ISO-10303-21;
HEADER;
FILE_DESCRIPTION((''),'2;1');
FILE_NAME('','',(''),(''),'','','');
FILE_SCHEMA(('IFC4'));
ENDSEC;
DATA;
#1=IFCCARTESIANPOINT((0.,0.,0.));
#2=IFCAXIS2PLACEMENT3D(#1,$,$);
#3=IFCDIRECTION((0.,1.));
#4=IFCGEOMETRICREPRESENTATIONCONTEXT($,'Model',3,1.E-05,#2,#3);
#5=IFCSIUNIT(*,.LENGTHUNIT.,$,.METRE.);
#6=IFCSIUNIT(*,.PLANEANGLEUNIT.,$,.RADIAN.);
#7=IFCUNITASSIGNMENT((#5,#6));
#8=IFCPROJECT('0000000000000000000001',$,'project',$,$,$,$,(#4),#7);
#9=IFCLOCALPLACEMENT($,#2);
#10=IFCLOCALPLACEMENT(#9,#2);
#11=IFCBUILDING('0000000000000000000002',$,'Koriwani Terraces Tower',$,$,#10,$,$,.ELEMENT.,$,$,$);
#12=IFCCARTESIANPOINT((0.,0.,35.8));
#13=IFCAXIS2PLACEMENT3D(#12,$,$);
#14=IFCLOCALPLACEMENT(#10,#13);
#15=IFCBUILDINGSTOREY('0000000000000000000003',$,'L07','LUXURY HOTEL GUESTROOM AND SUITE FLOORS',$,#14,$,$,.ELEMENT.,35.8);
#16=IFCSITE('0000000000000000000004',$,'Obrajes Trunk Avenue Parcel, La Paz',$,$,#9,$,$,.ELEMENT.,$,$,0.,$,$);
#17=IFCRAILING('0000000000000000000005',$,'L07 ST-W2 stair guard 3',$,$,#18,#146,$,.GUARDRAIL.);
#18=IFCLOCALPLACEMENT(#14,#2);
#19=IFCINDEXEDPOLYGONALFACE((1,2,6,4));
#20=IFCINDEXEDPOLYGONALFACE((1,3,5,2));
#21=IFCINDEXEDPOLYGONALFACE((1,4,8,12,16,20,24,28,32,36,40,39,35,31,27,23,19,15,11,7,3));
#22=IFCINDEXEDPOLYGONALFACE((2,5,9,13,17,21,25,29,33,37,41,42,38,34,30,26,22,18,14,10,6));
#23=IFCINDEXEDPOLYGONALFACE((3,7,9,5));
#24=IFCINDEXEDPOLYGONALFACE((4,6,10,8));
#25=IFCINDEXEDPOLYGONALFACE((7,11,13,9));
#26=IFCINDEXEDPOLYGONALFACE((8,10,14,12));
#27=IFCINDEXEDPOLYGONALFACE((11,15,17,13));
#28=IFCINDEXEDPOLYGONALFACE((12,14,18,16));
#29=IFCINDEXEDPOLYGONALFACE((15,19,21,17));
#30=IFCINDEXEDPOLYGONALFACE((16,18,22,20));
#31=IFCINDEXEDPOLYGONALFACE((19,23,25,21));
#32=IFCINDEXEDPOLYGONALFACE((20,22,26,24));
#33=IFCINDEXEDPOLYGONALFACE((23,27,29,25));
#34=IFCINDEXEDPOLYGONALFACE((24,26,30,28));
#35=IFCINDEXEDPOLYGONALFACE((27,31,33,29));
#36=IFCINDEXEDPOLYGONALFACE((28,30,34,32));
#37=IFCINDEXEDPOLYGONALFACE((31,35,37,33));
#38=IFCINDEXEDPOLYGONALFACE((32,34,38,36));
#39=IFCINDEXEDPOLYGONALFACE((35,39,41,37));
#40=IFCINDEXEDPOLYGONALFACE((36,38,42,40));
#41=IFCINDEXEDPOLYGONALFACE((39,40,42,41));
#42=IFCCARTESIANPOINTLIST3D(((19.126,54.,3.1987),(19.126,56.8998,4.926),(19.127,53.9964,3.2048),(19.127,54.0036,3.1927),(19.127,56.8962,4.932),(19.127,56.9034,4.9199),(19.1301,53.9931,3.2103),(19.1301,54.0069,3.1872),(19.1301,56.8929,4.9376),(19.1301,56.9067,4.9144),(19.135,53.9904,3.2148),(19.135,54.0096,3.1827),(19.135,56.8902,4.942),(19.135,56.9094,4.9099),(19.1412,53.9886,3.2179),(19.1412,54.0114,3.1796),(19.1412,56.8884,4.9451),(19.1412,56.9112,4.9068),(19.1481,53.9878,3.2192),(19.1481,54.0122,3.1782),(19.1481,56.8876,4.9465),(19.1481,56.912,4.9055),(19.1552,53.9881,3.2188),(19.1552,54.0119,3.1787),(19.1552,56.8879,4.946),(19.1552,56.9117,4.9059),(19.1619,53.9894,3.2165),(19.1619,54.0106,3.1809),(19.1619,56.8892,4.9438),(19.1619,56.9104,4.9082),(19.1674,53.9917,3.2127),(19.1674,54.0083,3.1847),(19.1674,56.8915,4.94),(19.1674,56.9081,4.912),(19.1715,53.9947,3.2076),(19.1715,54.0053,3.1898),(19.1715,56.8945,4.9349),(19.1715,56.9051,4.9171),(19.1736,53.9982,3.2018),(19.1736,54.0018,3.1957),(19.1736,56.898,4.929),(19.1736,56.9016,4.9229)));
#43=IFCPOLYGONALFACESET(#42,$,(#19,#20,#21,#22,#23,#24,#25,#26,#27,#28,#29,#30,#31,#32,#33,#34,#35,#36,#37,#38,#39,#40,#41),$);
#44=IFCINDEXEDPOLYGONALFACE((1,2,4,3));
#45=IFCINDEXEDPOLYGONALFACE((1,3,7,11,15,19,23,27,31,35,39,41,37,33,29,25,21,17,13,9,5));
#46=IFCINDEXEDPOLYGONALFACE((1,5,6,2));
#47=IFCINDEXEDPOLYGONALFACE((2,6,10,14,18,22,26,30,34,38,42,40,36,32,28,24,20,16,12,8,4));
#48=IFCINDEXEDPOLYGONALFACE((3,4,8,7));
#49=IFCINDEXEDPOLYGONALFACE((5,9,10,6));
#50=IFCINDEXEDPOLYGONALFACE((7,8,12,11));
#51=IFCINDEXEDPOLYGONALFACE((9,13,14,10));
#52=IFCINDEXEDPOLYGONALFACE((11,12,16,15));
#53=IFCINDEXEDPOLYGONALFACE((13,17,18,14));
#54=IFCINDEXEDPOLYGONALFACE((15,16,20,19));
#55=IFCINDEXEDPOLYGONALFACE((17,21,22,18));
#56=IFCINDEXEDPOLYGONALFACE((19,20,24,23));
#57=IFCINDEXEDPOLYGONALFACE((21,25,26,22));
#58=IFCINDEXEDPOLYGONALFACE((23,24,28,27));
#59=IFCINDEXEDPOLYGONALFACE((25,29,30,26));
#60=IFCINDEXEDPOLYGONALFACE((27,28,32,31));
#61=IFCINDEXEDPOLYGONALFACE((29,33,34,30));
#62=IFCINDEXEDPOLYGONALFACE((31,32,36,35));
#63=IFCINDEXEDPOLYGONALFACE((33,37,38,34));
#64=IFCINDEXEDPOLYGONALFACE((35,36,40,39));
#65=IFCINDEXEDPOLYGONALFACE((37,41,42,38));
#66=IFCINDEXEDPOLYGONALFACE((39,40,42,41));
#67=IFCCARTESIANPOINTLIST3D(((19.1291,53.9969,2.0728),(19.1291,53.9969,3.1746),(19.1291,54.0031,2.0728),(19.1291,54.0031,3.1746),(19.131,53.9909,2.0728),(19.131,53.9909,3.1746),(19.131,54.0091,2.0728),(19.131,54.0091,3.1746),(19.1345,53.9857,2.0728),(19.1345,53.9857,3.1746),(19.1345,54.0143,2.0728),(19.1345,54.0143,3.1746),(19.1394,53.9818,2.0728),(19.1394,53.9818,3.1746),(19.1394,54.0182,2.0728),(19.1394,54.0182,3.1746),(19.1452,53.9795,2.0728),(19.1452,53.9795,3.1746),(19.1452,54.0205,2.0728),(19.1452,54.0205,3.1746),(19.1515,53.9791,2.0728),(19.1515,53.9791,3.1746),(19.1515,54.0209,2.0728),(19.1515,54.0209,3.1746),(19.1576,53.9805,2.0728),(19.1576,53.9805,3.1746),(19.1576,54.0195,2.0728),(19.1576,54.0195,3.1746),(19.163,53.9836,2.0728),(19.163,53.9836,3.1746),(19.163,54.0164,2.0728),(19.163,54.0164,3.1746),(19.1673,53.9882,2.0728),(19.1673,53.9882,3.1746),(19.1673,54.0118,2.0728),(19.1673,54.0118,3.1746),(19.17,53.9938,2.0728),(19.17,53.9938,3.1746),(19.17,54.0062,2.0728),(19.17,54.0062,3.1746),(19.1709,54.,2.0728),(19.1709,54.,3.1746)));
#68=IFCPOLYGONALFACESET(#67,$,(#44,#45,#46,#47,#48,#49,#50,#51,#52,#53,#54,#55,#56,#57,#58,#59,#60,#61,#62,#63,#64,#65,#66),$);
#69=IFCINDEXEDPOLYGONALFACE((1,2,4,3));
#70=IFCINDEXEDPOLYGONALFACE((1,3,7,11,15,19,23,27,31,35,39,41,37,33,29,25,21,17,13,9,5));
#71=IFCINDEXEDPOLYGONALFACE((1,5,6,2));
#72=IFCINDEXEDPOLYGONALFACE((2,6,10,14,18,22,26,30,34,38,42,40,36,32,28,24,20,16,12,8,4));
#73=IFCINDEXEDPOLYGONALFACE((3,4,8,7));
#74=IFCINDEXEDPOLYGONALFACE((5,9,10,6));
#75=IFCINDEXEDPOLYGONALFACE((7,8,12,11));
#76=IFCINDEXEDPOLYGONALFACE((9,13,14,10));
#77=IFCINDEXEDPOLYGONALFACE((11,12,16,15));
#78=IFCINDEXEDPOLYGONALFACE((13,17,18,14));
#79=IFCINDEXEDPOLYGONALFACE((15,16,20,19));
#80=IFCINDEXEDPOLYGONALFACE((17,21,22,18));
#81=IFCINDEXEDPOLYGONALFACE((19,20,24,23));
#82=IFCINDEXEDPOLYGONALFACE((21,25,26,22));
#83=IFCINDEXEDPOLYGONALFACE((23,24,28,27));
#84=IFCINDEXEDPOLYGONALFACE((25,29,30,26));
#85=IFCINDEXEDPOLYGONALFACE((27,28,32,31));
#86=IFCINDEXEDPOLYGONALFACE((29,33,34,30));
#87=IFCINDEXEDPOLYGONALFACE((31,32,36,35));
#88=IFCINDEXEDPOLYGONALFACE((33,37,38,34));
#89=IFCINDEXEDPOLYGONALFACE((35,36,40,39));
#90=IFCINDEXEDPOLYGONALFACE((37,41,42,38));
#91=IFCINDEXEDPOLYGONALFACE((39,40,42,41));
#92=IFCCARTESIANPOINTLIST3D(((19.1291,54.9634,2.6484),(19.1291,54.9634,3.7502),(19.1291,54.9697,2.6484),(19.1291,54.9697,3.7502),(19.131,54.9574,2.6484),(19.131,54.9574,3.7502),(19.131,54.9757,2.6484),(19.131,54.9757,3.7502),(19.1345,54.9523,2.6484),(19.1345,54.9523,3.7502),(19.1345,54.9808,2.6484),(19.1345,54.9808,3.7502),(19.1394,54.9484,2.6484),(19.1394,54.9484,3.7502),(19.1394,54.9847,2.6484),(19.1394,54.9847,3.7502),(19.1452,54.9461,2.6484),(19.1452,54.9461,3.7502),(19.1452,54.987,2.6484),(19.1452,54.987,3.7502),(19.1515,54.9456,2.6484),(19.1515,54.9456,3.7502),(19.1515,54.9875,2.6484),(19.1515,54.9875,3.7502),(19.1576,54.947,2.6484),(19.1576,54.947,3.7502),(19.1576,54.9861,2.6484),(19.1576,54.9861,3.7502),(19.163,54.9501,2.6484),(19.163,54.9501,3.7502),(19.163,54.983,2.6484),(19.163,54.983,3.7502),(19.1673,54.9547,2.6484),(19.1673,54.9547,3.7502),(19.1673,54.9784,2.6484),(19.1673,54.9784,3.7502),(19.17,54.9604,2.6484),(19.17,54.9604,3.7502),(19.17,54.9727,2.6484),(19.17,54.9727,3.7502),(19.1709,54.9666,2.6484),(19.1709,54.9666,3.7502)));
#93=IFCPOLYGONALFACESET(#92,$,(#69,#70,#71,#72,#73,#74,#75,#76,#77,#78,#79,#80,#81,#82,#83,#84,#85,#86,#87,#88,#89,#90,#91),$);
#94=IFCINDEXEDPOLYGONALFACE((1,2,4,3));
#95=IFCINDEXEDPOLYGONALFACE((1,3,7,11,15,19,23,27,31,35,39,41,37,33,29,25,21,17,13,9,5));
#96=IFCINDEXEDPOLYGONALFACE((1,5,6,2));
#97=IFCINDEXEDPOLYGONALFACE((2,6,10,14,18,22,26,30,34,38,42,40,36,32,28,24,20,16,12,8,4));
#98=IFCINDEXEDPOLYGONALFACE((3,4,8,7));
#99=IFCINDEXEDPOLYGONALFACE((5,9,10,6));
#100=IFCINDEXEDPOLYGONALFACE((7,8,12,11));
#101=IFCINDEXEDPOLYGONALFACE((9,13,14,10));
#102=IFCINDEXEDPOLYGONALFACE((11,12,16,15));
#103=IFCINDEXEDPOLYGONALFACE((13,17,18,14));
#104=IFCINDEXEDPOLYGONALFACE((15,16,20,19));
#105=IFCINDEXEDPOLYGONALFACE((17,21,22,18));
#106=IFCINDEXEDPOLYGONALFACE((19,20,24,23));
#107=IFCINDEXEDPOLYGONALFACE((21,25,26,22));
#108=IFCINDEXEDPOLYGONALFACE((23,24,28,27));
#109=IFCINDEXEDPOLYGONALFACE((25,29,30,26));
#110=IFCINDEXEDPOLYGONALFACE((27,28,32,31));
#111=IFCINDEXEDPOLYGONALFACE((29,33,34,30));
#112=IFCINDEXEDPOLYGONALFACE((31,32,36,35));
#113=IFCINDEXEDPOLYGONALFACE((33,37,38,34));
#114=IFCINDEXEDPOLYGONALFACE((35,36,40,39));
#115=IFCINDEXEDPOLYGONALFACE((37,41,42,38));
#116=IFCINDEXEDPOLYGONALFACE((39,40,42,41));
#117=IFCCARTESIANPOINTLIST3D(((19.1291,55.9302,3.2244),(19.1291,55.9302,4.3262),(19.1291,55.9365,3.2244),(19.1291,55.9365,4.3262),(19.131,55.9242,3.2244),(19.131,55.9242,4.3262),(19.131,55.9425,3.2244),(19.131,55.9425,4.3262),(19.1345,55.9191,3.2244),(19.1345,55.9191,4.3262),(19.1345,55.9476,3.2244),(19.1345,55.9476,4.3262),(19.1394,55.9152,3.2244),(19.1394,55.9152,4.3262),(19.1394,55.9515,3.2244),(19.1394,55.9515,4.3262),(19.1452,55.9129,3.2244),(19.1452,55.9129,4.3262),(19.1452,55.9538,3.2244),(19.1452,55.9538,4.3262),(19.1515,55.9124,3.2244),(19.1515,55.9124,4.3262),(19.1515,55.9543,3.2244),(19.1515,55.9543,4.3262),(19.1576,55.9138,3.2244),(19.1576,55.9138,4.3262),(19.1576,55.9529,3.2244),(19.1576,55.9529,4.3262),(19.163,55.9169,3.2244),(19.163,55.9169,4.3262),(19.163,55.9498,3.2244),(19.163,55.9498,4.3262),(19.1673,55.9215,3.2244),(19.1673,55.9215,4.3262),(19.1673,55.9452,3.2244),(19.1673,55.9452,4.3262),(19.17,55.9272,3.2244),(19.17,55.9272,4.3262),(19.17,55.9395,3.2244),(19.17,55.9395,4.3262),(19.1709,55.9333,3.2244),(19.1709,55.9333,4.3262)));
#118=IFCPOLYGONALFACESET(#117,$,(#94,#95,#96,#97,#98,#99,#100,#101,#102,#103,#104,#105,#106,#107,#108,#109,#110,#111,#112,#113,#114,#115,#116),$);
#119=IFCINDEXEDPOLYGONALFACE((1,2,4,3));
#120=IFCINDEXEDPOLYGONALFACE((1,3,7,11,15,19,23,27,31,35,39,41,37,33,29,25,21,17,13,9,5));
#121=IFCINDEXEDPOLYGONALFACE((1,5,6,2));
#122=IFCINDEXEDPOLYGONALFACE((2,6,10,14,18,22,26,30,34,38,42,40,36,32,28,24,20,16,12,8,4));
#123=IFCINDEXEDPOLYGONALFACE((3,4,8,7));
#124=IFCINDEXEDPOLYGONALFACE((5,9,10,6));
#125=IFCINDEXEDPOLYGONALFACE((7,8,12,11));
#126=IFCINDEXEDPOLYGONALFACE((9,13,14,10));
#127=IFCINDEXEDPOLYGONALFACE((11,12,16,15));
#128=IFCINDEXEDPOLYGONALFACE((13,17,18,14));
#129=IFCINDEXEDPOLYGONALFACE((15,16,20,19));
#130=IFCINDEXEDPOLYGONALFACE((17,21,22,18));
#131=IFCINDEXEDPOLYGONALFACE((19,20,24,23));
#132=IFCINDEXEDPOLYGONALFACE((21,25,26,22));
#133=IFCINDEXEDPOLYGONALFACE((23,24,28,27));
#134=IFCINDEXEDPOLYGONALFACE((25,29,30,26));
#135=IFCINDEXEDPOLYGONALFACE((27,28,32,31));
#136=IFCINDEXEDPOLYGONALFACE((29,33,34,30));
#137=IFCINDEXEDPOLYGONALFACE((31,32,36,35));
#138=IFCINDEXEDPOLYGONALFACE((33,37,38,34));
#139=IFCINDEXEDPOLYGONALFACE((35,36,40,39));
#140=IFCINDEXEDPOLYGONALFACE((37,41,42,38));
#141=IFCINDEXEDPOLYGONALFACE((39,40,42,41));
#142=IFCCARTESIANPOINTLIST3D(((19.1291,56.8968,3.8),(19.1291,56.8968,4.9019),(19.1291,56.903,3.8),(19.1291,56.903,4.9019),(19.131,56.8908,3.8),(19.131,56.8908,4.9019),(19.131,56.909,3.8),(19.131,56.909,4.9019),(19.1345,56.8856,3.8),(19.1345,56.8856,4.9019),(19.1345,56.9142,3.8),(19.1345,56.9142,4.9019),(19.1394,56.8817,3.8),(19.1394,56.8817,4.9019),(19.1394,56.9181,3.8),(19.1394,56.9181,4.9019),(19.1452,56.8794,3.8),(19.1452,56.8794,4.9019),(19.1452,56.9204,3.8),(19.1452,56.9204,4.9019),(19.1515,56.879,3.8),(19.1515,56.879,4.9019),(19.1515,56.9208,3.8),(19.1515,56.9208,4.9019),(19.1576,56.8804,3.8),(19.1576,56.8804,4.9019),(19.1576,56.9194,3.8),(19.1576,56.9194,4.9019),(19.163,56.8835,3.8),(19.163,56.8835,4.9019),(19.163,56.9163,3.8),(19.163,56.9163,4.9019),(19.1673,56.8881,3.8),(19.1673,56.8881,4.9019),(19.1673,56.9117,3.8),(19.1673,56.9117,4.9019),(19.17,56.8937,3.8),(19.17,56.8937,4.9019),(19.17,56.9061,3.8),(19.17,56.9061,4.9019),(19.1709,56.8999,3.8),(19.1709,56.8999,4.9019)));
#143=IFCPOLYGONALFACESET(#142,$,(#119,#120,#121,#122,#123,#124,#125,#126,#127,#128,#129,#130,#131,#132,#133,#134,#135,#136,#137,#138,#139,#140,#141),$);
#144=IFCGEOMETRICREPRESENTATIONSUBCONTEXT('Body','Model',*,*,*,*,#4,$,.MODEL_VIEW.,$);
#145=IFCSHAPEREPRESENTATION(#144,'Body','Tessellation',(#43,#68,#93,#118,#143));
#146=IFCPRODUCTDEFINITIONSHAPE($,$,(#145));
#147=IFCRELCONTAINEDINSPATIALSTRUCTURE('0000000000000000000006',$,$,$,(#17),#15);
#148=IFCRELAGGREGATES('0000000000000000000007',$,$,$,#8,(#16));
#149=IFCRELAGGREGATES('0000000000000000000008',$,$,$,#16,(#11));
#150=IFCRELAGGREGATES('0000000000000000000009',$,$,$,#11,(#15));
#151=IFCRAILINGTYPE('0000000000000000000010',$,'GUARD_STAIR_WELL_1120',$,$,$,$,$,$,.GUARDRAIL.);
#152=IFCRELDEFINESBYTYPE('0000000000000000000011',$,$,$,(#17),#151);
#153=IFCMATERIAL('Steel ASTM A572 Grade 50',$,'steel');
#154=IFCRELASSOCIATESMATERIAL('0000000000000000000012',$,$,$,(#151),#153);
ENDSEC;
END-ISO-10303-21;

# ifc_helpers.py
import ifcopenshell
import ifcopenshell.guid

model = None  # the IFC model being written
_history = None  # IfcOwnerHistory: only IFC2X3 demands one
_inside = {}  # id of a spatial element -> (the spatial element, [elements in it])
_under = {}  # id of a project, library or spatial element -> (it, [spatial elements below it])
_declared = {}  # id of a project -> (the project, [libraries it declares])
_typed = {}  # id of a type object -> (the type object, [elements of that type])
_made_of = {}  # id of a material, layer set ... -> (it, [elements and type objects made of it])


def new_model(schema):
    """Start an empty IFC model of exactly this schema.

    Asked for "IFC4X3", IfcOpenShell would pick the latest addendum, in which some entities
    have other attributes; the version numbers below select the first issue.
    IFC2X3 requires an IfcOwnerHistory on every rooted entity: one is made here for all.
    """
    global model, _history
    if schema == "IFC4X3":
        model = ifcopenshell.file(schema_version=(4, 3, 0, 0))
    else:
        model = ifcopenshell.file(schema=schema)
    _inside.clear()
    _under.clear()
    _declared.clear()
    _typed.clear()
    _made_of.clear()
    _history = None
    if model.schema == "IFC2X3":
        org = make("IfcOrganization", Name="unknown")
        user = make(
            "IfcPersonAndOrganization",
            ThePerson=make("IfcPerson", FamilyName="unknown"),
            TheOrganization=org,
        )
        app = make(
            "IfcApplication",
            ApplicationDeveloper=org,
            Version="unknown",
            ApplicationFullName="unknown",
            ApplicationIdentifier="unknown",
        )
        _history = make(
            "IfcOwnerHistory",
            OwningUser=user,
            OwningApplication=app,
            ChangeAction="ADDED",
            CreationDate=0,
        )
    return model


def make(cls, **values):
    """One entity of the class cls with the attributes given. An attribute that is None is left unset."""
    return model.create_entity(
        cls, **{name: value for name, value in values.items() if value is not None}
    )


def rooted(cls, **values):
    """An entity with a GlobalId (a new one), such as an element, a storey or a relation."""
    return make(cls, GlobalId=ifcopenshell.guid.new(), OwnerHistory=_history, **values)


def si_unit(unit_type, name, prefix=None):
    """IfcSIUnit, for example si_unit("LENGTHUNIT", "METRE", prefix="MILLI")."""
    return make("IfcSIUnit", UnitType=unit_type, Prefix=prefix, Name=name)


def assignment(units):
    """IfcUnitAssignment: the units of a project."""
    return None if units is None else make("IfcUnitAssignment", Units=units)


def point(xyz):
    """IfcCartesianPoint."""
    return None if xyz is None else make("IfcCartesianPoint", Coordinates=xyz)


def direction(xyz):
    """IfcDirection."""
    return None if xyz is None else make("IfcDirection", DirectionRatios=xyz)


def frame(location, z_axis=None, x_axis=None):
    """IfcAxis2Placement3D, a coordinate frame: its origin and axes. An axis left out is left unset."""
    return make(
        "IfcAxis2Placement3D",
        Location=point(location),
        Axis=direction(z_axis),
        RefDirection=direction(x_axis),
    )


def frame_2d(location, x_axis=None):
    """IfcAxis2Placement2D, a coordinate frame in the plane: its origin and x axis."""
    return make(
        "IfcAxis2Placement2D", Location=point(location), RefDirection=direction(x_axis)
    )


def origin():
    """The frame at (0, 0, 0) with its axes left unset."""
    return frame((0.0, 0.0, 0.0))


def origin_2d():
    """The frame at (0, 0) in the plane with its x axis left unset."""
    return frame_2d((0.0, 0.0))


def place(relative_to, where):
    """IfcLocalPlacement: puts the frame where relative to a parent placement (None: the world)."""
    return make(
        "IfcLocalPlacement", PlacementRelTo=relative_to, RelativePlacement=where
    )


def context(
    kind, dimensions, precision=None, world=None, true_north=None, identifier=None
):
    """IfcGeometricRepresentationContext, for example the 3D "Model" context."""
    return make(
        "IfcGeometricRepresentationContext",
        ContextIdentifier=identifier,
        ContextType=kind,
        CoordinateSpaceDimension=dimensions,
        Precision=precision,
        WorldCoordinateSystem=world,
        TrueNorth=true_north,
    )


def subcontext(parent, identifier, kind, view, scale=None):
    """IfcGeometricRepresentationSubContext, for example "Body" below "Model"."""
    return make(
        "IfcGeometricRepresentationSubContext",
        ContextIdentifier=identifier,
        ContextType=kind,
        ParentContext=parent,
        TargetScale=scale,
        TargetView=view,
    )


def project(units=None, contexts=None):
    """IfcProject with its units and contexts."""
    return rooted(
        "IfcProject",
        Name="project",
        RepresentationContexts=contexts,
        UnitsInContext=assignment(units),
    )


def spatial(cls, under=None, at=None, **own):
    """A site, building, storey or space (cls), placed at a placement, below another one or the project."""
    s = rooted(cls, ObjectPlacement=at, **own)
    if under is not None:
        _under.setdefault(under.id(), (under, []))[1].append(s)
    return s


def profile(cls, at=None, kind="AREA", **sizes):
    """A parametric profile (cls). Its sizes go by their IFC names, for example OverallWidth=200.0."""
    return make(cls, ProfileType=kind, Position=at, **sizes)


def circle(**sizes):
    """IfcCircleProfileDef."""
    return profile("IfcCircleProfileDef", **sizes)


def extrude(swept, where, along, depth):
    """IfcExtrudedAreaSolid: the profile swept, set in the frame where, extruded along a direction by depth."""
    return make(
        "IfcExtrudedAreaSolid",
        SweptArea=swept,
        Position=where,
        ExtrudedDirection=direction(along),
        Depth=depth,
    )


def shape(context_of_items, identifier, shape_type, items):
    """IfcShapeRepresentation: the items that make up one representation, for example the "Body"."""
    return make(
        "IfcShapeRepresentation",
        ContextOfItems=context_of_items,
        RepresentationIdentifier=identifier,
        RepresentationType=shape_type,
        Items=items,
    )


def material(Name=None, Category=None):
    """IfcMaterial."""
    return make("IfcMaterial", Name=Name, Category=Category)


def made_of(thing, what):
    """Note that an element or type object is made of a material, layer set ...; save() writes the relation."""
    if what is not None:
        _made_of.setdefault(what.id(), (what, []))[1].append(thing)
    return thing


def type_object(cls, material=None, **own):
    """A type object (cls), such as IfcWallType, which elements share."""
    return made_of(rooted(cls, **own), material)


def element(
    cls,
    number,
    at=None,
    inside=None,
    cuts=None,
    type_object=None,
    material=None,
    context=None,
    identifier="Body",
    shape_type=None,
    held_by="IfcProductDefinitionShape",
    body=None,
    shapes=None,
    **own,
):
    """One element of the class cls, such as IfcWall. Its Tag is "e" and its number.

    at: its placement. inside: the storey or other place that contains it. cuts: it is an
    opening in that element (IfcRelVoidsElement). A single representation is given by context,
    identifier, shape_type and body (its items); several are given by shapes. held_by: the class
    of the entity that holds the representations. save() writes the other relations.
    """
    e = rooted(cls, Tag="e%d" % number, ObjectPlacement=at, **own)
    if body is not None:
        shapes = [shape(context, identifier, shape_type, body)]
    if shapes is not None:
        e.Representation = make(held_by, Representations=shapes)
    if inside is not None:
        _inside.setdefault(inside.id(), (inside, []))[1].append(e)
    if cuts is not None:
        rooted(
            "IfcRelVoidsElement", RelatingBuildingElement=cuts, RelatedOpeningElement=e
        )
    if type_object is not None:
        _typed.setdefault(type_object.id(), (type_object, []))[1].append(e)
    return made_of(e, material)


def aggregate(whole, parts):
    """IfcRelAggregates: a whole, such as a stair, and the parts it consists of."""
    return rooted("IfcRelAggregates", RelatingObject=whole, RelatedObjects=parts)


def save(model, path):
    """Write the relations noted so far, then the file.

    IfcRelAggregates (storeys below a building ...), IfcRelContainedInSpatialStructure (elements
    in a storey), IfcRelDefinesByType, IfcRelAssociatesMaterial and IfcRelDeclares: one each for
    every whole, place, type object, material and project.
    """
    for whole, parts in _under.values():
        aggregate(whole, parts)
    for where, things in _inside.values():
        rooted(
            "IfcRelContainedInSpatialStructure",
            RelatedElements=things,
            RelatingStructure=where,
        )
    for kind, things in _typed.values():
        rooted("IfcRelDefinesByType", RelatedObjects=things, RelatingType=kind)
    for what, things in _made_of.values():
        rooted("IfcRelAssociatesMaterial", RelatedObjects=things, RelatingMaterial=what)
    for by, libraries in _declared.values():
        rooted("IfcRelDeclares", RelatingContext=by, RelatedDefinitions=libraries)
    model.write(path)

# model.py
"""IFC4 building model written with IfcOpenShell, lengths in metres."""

from ifc_helpers import new_model, si_unit, direction, frame, origin, origin_2d, place, context, subcontext, project, spatial, circle, extrude, material, type_object, element, save


model = new_model("IFC4")

# Units and contexts
model_context = context("Model", 3, precision=1e-05, world=origin(), true_north=direction((0.0, 1.0)))
body_context = subcontext(model_context, "Body", "Model", "MODEL_VIEW")
ifc_project = project(units=[si_unit("LENGTHUNIT", "METRE"), si_unit("PLANEANGLEUNIT", "RADIAN")], contexts=[model_context])

# Site, building, storey
site_placement = place(None, origin())
site = spatial("IfcSite", under=ifc_project, at=site_placement, Name="Obrajes Trunk Avenue Parcel, La Paz", CompositionType="ELEMENT", RefElevation=0.0)
building_placement = place(site_placement, origin())
building = spatial("IfcBuilding", under=site, at=building_placement, Name="Koriwani Terraces Tower", CompositionType="ELEMENT")
storey_placement = place(building_placement, frame((0.0, 0.0, 35.8)))
storey = spatial("IfcBuildingStorey", under=building, at=storey_placement, Name="L07", Description="LUXURY HOTEL GUESTROOM AND SUITE FLOORS", CompositionType="ELEMENT", Elevation=35.8)

# Shared definitions
ifc_material_1 = material(Name="Steel ASTM A572 Grade 50", Category="steel")

# Railing
railing_type_1 = type_object("IfcRailingType", Name="GUARD_STAIR_WELL_1120", PredefinedType="GUARDRAIL", material=ifc_material_1)
railing_1_placement = place(storey_placement, frame((19.1499, 54.0, 2.0728)))
element("IfcRailing", 1, at=railing_1_placement, inside=storey, type_object=railing_type_1, Name="L07 ST-W2 stair guard 3", PredefinedType="GUARDRAIL", context=body_context, shape_type="SweptSolid", body=[
    extrude(circle(Radius=0.0239, at=origin_2d()), frame((0.0, 0.0, 1.126), z_axis=(0.0, 0.859141, 0.511738), x_axis=(-1.0, 0.0, 0.0)), (0.0, 0.0, 1.0), 3.3752),
    extrude(circle(Radius=0.021, at=origin_2d()), origin(), (0.0, 0.0, 1.0), 1.1018),
    extrude(circle(Radius=0.021, at=origin_2d()), frame((0.0, 0.9666, 0.5757)), (0.0, 0.0, 1.0), 1.1018),
    extrude(circle(Radius=0.021, at=origin_2d()), frame((0.0, 1.9333, 1.1516)), (0.0, 0.0, 1.0), 1.1018),
    extrude(circle(Radius=0.021, at=origin_2d()), frame((0.0, 2.8999, 1.7273)), (0.0, 0.0, 1.0), 1.1018),
])

save(model, "model.ifc")
